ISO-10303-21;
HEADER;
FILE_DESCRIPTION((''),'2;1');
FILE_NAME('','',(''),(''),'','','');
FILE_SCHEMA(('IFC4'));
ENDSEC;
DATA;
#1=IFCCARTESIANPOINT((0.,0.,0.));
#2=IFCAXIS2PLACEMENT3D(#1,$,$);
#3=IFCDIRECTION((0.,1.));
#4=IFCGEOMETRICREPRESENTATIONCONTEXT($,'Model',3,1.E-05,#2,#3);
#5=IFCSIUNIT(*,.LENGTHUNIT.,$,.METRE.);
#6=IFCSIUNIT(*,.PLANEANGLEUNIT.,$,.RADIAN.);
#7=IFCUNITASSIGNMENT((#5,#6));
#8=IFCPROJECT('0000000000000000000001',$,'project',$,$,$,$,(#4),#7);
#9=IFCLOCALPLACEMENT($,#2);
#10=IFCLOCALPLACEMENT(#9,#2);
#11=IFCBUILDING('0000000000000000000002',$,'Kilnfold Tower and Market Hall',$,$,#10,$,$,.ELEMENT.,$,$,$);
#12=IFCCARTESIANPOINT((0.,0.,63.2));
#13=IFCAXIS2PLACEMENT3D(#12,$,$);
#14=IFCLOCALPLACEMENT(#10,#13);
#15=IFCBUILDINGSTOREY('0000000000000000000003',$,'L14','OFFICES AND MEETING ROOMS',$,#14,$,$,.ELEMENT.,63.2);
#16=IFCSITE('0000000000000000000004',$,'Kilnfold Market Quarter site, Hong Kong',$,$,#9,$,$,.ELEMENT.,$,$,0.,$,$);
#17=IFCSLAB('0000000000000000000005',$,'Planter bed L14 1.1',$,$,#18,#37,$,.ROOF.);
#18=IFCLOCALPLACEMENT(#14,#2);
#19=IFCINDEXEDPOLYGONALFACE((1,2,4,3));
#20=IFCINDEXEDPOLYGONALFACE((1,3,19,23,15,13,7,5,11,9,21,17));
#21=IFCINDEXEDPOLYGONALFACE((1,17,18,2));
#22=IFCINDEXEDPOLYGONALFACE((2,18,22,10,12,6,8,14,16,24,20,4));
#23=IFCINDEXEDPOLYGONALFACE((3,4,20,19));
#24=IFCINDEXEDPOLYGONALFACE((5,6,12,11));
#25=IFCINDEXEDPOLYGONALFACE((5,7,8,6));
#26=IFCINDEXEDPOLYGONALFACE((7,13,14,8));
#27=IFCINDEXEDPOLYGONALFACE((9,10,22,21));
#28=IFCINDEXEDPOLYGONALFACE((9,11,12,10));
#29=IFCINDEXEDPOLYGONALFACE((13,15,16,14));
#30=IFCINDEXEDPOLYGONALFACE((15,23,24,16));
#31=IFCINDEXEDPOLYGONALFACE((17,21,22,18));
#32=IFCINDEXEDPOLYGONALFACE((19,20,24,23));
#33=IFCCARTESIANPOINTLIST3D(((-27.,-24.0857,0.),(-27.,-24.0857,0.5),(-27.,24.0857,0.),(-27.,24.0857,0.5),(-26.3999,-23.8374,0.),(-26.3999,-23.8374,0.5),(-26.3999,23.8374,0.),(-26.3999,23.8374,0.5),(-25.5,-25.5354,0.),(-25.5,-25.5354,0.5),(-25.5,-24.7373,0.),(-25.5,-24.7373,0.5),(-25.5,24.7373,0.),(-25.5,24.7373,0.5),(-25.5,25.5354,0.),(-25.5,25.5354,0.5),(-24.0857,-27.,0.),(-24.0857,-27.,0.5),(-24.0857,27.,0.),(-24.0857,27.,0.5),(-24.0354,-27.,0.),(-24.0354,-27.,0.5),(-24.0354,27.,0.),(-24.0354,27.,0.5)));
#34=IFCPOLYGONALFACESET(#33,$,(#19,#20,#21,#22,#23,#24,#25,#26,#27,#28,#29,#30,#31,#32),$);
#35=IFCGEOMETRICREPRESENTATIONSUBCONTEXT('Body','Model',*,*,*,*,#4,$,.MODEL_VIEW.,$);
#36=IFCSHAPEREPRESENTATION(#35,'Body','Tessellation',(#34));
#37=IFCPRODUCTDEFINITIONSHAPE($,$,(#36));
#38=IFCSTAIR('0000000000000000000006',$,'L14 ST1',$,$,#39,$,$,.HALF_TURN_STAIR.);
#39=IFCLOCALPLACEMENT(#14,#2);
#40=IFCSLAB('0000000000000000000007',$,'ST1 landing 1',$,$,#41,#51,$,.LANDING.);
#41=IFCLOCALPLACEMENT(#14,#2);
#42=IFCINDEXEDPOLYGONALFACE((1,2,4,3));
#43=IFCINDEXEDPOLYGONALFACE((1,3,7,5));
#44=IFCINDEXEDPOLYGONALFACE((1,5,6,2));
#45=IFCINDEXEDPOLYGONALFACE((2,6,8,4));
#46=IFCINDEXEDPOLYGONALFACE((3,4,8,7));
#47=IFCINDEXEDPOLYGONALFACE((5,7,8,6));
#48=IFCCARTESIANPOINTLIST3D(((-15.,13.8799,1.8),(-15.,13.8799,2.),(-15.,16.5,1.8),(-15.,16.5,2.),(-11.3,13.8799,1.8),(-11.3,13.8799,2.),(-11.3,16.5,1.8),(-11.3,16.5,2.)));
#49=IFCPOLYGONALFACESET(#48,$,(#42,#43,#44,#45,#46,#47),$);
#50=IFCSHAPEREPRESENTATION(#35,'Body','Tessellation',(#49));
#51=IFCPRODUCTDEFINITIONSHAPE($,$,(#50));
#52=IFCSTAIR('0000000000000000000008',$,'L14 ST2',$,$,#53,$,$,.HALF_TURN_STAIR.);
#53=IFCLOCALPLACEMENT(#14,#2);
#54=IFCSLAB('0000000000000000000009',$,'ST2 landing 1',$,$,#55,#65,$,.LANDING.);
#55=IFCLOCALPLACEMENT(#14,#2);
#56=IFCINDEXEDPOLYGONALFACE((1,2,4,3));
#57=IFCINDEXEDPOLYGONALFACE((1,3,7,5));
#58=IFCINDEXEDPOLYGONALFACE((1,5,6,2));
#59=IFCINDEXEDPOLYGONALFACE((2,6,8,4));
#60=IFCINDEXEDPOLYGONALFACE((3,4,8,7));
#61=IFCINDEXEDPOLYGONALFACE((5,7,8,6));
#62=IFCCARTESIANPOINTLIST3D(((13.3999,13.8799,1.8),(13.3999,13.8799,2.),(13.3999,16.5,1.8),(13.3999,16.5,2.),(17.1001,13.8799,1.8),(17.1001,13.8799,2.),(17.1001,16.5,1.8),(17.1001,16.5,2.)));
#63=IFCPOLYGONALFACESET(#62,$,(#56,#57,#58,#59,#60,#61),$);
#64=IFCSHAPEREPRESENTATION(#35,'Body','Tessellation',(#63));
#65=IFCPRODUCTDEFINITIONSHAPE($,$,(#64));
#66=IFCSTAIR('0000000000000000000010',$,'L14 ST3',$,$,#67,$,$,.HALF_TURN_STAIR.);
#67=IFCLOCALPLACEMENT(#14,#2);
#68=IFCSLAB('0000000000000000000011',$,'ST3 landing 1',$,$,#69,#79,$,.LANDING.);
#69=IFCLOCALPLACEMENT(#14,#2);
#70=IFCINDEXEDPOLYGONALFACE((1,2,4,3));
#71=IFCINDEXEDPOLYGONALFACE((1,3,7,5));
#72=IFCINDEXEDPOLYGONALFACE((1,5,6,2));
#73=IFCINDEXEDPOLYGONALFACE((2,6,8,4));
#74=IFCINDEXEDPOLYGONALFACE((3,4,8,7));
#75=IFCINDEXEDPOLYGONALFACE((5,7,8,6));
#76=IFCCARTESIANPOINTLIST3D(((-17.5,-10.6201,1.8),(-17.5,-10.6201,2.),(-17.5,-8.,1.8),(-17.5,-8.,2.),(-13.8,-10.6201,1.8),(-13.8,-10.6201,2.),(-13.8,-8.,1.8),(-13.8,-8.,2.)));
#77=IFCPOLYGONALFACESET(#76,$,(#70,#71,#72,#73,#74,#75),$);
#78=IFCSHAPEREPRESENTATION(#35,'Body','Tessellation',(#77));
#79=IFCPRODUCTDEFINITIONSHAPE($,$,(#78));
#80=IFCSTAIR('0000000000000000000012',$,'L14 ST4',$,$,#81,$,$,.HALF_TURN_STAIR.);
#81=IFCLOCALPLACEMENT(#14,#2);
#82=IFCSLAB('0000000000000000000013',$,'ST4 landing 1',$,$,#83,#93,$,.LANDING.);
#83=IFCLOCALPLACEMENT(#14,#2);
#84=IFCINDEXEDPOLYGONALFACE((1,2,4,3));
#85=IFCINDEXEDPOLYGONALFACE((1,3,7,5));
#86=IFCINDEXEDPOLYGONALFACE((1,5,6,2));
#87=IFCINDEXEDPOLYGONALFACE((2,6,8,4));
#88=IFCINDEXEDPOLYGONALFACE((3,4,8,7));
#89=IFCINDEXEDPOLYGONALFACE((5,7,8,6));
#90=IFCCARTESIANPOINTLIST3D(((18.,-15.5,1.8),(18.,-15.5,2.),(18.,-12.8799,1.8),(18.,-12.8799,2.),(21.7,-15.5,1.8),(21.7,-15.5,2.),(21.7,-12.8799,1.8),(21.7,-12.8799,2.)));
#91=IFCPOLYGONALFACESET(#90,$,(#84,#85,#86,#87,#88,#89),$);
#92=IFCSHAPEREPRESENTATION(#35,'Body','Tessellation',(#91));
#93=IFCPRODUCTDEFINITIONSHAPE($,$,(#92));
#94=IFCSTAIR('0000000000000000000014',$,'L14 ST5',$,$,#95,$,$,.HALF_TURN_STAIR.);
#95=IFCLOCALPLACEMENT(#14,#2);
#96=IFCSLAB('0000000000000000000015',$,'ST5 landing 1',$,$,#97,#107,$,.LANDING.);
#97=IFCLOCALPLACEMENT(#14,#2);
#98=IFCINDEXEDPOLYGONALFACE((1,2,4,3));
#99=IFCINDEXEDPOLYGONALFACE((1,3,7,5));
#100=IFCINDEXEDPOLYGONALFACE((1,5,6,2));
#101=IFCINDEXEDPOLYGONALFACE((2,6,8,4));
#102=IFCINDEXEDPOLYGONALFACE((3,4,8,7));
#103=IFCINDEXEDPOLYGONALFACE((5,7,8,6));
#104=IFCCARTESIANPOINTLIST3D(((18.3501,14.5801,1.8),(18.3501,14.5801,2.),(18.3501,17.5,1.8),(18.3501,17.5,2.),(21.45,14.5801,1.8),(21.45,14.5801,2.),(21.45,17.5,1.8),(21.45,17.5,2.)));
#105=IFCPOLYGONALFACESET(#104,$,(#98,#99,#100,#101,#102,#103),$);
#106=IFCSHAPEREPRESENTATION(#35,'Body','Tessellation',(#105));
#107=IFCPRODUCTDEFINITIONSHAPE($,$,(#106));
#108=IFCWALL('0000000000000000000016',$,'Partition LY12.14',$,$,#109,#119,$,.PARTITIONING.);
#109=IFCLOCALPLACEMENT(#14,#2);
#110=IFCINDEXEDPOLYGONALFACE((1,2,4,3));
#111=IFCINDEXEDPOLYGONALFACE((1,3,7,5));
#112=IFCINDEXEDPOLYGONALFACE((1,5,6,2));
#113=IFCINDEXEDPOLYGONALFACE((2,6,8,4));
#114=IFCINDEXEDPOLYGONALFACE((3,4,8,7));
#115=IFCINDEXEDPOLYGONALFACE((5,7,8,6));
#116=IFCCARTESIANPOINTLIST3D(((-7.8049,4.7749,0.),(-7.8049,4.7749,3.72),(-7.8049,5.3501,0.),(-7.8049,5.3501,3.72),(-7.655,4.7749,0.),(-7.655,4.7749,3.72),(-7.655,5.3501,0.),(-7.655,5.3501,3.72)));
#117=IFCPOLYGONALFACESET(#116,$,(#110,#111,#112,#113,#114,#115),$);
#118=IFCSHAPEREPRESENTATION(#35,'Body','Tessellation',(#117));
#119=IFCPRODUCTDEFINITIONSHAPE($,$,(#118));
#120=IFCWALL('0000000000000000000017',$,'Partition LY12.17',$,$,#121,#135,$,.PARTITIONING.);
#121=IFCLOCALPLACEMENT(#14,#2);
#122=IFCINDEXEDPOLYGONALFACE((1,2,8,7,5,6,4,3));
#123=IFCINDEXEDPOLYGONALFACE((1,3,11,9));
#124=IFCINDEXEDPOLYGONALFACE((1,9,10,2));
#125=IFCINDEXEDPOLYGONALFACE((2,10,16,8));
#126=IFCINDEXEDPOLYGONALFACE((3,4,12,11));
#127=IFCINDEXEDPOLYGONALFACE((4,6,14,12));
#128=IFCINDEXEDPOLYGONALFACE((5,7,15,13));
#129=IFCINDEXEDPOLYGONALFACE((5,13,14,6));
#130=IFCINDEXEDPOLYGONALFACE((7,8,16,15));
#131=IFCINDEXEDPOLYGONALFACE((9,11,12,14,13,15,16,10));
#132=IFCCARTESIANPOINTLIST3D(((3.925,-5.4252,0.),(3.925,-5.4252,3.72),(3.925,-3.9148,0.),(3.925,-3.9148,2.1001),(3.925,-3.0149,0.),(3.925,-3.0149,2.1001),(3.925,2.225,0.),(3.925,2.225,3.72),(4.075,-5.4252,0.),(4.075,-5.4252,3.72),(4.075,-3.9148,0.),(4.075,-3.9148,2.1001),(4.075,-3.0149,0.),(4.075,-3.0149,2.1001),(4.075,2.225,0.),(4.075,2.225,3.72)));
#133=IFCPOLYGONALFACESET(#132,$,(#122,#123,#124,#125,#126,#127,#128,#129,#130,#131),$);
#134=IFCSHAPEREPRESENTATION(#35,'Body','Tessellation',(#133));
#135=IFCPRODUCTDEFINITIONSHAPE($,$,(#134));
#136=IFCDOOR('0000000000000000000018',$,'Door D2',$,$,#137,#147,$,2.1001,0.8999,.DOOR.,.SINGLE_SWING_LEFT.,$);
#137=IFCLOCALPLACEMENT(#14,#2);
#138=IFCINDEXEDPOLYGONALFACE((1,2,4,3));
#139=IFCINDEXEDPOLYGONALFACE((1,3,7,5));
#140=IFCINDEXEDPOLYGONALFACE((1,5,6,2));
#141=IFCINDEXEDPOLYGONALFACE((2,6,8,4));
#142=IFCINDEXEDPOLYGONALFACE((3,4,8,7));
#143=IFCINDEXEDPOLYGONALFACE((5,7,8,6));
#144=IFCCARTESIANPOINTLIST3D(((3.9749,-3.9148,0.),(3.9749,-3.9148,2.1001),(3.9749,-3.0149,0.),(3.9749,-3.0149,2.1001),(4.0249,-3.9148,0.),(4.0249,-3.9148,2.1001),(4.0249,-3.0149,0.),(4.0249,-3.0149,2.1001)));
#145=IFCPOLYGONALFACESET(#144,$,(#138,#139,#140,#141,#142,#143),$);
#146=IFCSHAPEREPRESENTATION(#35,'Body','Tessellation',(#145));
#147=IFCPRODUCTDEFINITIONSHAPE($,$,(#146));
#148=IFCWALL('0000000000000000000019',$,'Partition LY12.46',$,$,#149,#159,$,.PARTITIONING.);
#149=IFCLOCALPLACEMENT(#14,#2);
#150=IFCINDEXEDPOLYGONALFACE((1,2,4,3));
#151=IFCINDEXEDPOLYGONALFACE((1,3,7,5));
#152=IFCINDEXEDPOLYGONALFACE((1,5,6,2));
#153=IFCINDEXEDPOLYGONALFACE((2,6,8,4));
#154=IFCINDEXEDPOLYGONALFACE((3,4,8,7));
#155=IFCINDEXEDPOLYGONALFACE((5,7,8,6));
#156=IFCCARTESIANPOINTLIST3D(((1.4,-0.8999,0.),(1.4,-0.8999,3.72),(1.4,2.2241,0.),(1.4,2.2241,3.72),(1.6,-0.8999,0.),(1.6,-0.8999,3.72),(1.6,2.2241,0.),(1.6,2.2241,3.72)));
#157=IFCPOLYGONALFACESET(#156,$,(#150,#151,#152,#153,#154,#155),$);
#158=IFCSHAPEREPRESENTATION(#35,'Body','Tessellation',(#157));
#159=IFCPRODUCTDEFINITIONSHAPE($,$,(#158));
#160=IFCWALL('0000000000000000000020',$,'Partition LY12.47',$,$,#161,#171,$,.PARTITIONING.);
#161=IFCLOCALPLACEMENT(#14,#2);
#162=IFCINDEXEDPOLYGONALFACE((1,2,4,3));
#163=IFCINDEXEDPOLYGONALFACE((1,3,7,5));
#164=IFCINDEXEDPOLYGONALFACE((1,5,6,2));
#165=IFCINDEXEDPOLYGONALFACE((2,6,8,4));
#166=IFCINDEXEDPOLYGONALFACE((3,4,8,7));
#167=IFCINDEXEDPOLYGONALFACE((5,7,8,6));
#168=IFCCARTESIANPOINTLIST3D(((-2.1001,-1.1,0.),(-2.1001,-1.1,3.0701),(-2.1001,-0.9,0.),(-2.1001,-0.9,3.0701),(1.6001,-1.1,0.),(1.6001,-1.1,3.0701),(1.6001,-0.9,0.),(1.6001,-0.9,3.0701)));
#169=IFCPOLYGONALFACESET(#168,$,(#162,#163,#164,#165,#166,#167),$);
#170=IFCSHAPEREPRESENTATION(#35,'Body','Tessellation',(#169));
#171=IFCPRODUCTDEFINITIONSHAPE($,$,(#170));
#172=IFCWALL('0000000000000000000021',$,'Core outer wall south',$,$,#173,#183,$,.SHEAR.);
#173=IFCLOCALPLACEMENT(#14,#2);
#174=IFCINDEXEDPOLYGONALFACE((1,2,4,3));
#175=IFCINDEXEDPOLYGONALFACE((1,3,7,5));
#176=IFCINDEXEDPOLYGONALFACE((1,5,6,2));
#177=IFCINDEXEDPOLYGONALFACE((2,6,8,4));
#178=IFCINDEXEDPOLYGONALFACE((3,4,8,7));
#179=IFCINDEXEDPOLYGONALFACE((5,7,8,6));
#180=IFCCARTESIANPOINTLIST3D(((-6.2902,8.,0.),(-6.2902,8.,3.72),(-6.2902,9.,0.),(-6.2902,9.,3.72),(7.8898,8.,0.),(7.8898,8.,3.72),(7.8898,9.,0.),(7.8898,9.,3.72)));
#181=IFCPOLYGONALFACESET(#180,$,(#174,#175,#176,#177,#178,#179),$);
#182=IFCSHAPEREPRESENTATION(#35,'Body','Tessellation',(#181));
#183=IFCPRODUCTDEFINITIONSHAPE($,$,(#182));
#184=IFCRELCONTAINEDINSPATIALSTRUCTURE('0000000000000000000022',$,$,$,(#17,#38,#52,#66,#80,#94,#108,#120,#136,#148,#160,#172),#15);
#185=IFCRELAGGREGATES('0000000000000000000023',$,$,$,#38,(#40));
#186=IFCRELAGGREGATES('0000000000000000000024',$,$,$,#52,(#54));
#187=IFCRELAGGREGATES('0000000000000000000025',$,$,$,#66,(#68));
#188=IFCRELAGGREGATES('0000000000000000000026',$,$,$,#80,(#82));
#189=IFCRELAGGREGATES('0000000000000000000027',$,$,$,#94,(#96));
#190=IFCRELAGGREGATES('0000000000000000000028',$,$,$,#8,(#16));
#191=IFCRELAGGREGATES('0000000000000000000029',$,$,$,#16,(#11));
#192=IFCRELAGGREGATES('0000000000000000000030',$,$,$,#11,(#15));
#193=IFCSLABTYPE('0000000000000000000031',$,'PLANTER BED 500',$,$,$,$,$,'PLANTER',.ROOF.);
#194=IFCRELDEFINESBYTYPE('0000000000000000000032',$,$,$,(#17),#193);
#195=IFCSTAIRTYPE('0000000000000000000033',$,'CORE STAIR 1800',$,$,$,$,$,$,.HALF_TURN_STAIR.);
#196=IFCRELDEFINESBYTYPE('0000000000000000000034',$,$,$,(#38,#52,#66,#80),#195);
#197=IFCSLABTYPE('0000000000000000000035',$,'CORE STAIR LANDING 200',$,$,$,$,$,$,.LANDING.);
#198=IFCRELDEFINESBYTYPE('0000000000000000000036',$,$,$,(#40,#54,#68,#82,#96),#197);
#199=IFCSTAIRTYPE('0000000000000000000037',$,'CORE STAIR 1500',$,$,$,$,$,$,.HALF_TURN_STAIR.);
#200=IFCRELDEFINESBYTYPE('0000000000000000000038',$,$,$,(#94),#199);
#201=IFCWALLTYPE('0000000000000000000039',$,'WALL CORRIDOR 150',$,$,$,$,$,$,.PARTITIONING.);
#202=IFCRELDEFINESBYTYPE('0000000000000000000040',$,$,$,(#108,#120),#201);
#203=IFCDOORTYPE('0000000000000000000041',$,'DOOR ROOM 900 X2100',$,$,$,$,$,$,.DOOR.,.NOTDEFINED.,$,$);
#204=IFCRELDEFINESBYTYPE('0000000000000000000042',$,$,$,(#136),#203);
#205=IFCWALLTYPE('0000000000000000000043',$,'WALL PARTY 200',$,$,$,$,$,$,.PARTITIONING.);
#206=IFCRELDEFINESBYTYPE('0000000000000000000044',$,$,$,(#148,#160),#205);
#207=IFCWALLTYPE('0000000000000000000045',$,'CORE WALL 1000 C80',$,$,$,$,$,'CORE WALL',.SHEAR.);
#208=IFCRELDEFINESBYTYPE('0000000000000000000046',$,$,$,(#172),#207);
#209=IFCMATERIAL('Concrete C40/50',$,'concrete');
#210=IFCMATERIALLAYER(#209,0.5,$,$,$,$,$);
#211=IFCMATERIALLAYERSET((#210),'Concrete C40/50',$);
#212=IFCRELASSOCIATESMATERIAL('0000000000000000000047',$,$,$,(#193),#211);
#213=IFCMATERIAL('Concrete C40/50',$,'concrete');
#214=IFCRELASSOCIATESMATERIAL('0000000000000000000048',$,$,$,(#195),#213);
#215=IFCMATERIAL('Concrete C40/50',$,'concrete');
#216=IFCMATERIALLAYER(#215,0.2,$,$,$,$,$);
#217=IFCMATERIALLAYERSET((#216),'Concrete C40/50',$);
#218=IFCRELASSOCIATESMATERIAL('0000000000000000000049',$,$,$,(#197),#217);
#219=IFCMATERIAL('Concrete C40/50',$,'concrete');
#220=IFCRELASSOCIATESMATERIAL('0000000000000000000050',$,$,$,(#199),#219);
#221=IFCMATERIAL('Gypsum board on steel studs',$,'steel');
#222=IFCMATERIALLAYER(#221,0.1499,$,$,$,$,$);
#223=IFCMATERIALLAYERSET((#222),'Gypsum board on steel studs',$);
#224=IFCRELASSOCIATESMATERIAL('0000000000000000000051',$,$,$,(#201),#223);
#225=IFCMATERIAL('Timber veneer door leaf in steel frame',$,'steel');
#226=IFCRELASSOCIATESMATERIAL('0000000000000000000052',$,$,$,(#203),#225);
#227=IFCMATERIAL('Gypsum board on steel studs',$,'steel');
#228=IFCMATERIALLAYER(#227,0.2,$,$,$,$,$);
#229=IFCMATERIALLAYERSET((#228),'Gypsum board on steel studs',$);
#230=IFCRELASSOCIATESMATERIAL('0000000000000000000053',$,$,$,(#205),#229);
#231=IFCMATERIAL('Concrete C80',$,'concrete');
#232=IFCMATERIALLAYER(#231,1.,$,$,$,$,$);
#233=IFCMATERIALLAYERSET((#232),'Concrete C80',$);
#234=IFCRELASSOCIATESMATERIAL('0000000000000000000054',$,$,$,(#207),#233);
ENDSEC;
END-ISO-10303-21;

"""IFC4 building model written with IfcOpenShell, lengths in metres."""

from ifc_helpers import new_model, si_unit, direction, frame, frame_2d, origin, place, context, subcontext, project, spatial, polyline, rectangle, outline, extrude, source, transform, mapped, material, layer, layer_set, type_object, element, fill, aggregate, save


model = new_model("IFC4")

# Units and contexts
model_context = context("Model", 3, precision=1e-05, world=origin(), true_north=direction((0.0, 1.0)))
body_context = subcontext(model_context, "Body", "Model", "MODEL_VIEW")
ifc_project = project(units=[si_unit("LENGTHUNIT", "METRE"), si_unit("PLANEANGLEUNIT", "RADIAN")], contexts=[model_context])

# Site, building, storey
site_placement = place(None, origin())
site = spatial("IfcSite", under=ifc_project, at=site_placement, Name="Kilnfold Market Quarter site, Hong Kong", CompositionType="ELEMENT", RefElevation=0.0)
building_placement = place(site_placement, origin())
building = spatial("IfcBuilding", under=site, at=building_placement, Name="Kilnfold Tower and Market Hall", CompositionType="ELEMENT")
storey_placement = place(building_placement, frame((0.0, 0.0, 63.2)))
storey = spatial("IfcBuildingStorey", under=building, at=storey_placement, Name="L14", Description="OFFICES AND MEETING ROOMS", CompositionType="ELEMENT", Elevation=63.2)

# Slab
ifc_material_1 = material(Name="Concrete C40/50", Category="concrete")
ifc_layer_1 = layer(ifc_material_1, 0.5)
ifc_layer_set_1 = layer_set([ifc_layer_1], Name="Concrete C40/50")
slab_type_1 = type_object("IfcSlabType", Name="PLANTER BED 500", ElementType="PLANTER", PredefinedType="ROOF", material=ifc_layer_set_1)
shared_shape_1 = source(origin(), body_context, "Body", "SweptSolid", [
    extrude(outline(polyline([(-27.0, 24.0857), (-24.0857, 27.0), (-24.0354, 27.0), (-25.5, 25.5354), (-25.5, 24.7373), (-26.3999, 23.8374), (-26.3999, -23.8374), (-25.5, -24.7373), (-25.5, -25.5354), (-24.0354, -27.0), (-24.0857, -27.0), (-27.0, -24.0857), (-27.0, 24.0857)])), origin(), (0.0, 0.0, 1.0), 0.5),
])
slab_1_placement = place(storey_placement, origin())
element("IfcSlab", 1, at=slab_1_placement, inside=storey, type_object=slab_type_1, Name="Planter bed L14 1.1", PredefinedType="ROOF", context=body_context, shape_type="MappedRepresentation", body=[
    mapped(shared_shape_1, transform((0.0, 0.0, 0.0))),
])

# Stairs, slabs
ifc_material_2 = material(Name="Concrete C40/50", Category="concrete")
stair_type_1 = type_object("IfcStairType", Name="CORE STAIR 1800", PredefinedType="HALF_TURN_STAIR", material=ifc_material_2)
stair_1_placement = place(storey_placement, origin())
stair_1 = element("IfcStair", 2, at=stair_1_placement, inside=storey, type_object=stair_type_1, Name="L14 ST1", PredefinedType="HALF_TURN_STAIR")
ifc_material_3 = material(Name="Concrete C40/50", Category="concrete")
ifc_layer_2 = layer(ifc_material_3, 0.2)
ifc_layer_set_2 = layer_set([ifc_layer_2], Name="Concrete C40/50")
slab_type_2 = type_object("IfcSlabType", Name="CORE STAIR LANDING 200", PredefinedType="LANDING", material=ifc_layer_set_2)
shared_shape_2 = source(origin(), body_context, "Body", "SweptSolid", [
    extrude(outline(polyline([(-11.3, 13.8799), (-11.3, 16.5), (-15.0, 16.5), (-15.0, 13.8799), (-11.3, 13.8799)])), origin(), (0.0, 0.0, 1.0), 0.2),
])
slab_2_placement = place(storey_placement, frame((0.0, 0.0, 1.8)))
slab_2 = element("IfcSlab", 3, at=slab_2_placement, type_object=slab_type_2, Name="ST1 landing 1", PredefinedType="LANDING", context=body_context, shape_type="MappedRepresentation", body=[
    mapped(shared_shape_2, transform((0.0, 0.0, 0.0))),
])
aggregate(stair_1, [slab_2])
stair_2_placement = place(storey_placement, origin())
stair_2 = element("IfcStair", 4, at=stair_2_placement, inside=storey, type_object=stair_type_1, Name="L14 ST2", PredefinedType="HALF_TURN_STAIR")
shared_shape_3 = source(origin(), body_context, "Body", "SweptSolid", [
    extrude(outline(polyline([(17.1001, 13.8799), (17.1001, 16.5), (13.3999, 16.5), (13.3999, 13.8799), (17.1001, 13.8799)])), origin(), (0.0, 0.0, 1.0), 0.2),
])
slab_3_placement = place(storey_placement, frame((0.0, 0.0, 1.8)))
slab_3 = element("IfcSlab", 5, at=slab_3_placement, type_object=slab_type_2, Name="ST2 landing 1", PredefinedType="LANDING", context=body_context, shape_type="MappedRepresentation", body=[
    mapped(shared_shape_3, transform((0.0, 0.0, 0.0))),
])
aggregate(stair_2, [slab_3])
stair_3_placement = place(storey_placement, origin())
stair_3 = element("IfcStair", 6, at=stair_3_placement, inside=storey, type_object=stair_type_1, Name="L14 ST3", PredefinedType="HALF_TURN_STAIR")
shared_shape_4 = source(origin(), body_context, "Body", "SweptSolid", [
    extrude(outline(polyline([(-13.8, -10.6201), (-13.8, -8.0), (-17.5, -8.0), (-17.5, -10.6201), (-13.8, -10.6201)])), origin(), (0.0, 0.0, 1.0), 0.2),
])
slab_4_placement = place(storey_placement, frame((0.0, 0.0, 1.8)))
slab_4 = element("IfcSlab", 7, at=slab_4_placement, type_object=slab_type_2, Name="ST3 landing 1", PredefinedType="LANDING", context=body_context, shape_type="MappedRepresentation", body=[
    mapped(shared_shape_4, transform((0.0, 0.0, 0.0))),
])
aggregate(stair_3, [slab_4])
stair_4_placement = place(storey_placement, origin())
stair_4 = element("IfcStair", 8, at=stair_4_placement, inside=storey, type_object=stair_type_1, Name="L14 ST4", PredefinedType="HALF_TURN_STAIR")
shared_shape_5 = source(origin(), body_context, "Body", "SweptSolid", [
    extrude(outline(polyline([(18.0, -12.8799), (18.0, -15.5), (21.7, -15.5), (21.7, -12.8799), (18.0, -12.8799)])), origin(), (0.0, 0.0, 1.0), 0.2),
])
slab_5_placement = place(storey_placement, frame((0.0, 0.0, 1.8)))
slab_5 = element("IfcSlab", 9, at=slab_5_placement, type_object=slab_type_2, Name="ST4 landing 1", PredefinedType="LANDING", context=body_context, shape_type="MappedRepresentation", body=[
    mapped(shared_shape_5, transform((0.0, 0.0, 0.0))),
])
aggregate(stair_4, [slab_5])
ifc_material_4 = material(Name="Concrete C40/50", Category="concrete")
stair_type_2 = type_object("IfcStairType", Name="CORE STAIR 1500", PredefinedType="HALF_TURN_STAIR", material=ifc_material_4)
stair_5_placement = place(storey_placement, origin())
stair_5 = element("IfcStair", 10, at=stair_5_placement, inside=storey, type_object=stair_type_2, Name="L14 ST5", PredefinedType="HALF_TURN_STAIR")
shared_shape_6 = source(origin(), body_context, "Body", "SweptSolid", [
    extrude(outline(polyline([(21.45, 14.5801), (21.45, 17.5), (18.3501, 17.5), (18.3501, 14.5801), (21.45, 14.5801)])), origin(), (0.0, 0.0, 1.0), 0.2),
])
slab_6_placement = place(storey_placement, frame((0.0, 0.0, 1.8)))
slab_6 = element("IfcSlab", 11, at=slab_6_placement, type_object=slab_type_2, Name="ST5 landing 1", PredefinedType="LANDING", context=body_context, shape_type="MappedRepresentation", body=[
    mapped(shared_shape_6, transform((0.0, 0.0, 0.0))),
])
aggregate(stair_5, [slab_6])

# Wall
ifc_material_5 = material(Name="Gypsum board on steel studs", Category="steel")
ifc_layer_3 = layer(ifc_material_5, 0.1499)
ifc_layer_set_3 = layer_set([ifc_layer_3], Name="Gypsum board on steel studs")
wall_type_1 = type_object("IfcWallType", Name="WALL CORRIDOR 150", PredefinedType="PARTITIONING", material=ifc_layer_set_3)
wall_1_placement = place(storey_placement, frame((-7.73, 4.7749, 0.0), z_axis=(0.0, 0.0, 1.0), x_axis=(0.0, 1.0, 0.0)))
element("IfcWall", 12, at=wall_1_placement, inside=storey, type_object=wall_type_1, Name="Partition LY12.14", PredefinedType="PARTITIONING", context=body_context, shape_type="SweptSolid", body=[
    extrude(rectangle(XDim=0.5752, YDim=0.1499, at=frame_2d((0.2876, 0.0))), origin(), (0.0, 0.0, 1.0), 3.72),
])

# Wall, opening, door
wall_2_placement = place(storey_placement, frame((4.0, 2.2251, 0.0), z_axis=(0.0, 0.0, 1.0), x_axis=(0.0, -1.0, 0.0)))
wall_2 = element("IfcWall", 13, at=wall_2_placement, inside=storey, type_object=wall_type_1, Name="Partition LY12.17", PredefinedType="PARTITIONING", context=body_context, shape_type="SweptSolid", body=[
    extrude(rectangle(XDim=7.6501, YDim=0.1499, at=frame_2d((3.8252, 0.0))), origin(), (0.0, 0.0, 1.0), 3.72),
])
opening_1_placement = place(wall_2_placement, frame((5.24, 0.0, 0.0)))
opening_1 = element("IfcOpeningElement", 14, at=opening_1_placement, cuts=wall_2, PredefinedType="OPENING", context=body_context, shape_type="SweptSolid", body=[
    extrude(rectangle(XDim=0.8999, YDim=2.1001, at=frame_2d((0.45, 1.05))), frame((0.0, 0.085, 0.0), z_axis=(0.0, -1.0, 0.0), x_axis=(1.0, 0.0, 0.0)), (0.0, 0.0, 1.0), 0.1699),
])
ifc_material_6 = material(Name="Timber veneer door leaf in steel frame", Category="steel")
door_type_1 = type_object("IfcDoorType", Name="DOOR ROOM 900 X2100", OperationType="NOTDEFINED", PredefinedType="DOOR", material=ifc_material_6)
door_1_placement = place(opening_1_placement, origin())
door_1 = element("IfcDoor", 15, at=door_1_placement, inside=storey, type_object=door_type_1, Name="Door D2", OperationType="SINGLE_SWING_LEFT", OverallHeight=2.1001, OverallWidth=0.8999, PredefinedType="DOOR", context=body_context, shape_type="SweptSolid", body=[
    extrude(rectangle(XDim=0.8999, YDim=2.1001, at=frame_2d((0.45, 1.05))), frame((0.0, 0.0249, 0.0), z_axis=(0.0, -1.0, 0.0), x_axis=(1.0, 0.0, 0.0)), (0.0, 0.0, 1.0), 0.05),
])
fill(opening_1, door_1)

# Walls
ifc_material_7 = material(Name="Gypsum board on steel studs", Category="steel")
ifc_layer_4 = layer(ifc_material_7, 0.2)
ifc_layer_set_4 = layer_set([ifc_layer_4], Name="Gypsum board on steel studs")
wall_type_2 = type_object("IfcWallType", Name="WALL PARTY 200", PredefinedType="PARTITIONING", material=ifc_layer_set_4)
wall_3_placement = place(storey_placement, frame((1.5, -0.8999, 0.0), z_axis=(0.0, 0.0, 1.0), x_axis=(0.0, 1.0, 0.0)))
element("IfcWall", 16, at=wall_3_placement, inside=storey, type_object=wall_type_2, Name="Partition LY12.46", PredefinedType="PARTITIONING", context=body_context, shape_type="SweptSolid", body=[
    extrude(rectangle(XDim=3.124, YDim=0.2, at=frame_2d((1.562, 0.0))), origin(), (0.0, 0.0, 1.0), 3.72),
])
wall_4_placement = place(storey_placement, frame((-2.1001, -1.0, 0.0), z_axis=(0.0, 0.0, 1.0), x_axis=(1.0, 0.0, 0.0)))
element("IfcWall", 17, at=wall_4_placement, inside=storey, type_object=wall_type_2, Name="Partition LY12.47", PredefinedType="PARTITIONING", context=body_context, shape_type="SweptSolid", body=[
    extrude(rectangle(XDim=3.7002, YDim=0.2, at=frame_2d((1.8501, 0.0))), origin(), (0.0, 0.0, 1.0), 3.0701),
])
ifc_material_8 = material(Name="Concrete C80", Category="concrete")
ifc_layer_5 = layer(ifc_material_8, 1.0)
ifc_layer_set_5 = layer_set([ifc_layer_5], Name="Concrete C80")
wall_type_3 = type_object("IfcWallType", Name="CORE WALL 1000 C80", ElementType="CORE WALL", PredefinedType="SHEAR", material=ifc_layer_set_5)
shared_shape_7 = source(origin(), body_context, "Body", "SweptSolid", [
    extrude(rectangle(XDim=14.1799, YDim=1.0, at=frame_2d((7.0898, 0.0))), origin(), (0.0, 0.0, 1.0), 3.72),
])
wall_5_placement = place(storey_placement, frame((-6.29, 8.5, 0.0), z_axis=(0.0, 0.0, 1.0), x_axis=(1.0, 0.0, 0.0)))
element("IfcWall", 18, at=wall_5_placement, inside=storey, type_object=wall_type_3, Name="Core outer wall south", PredefinedType="SHEAR", context=body_context, shape_type="MappedRepresentation", body=[
    mapped(shared_shape_7, transform((0.0, 0.0, 0.0))),
])

save(model, "model.ifc")
